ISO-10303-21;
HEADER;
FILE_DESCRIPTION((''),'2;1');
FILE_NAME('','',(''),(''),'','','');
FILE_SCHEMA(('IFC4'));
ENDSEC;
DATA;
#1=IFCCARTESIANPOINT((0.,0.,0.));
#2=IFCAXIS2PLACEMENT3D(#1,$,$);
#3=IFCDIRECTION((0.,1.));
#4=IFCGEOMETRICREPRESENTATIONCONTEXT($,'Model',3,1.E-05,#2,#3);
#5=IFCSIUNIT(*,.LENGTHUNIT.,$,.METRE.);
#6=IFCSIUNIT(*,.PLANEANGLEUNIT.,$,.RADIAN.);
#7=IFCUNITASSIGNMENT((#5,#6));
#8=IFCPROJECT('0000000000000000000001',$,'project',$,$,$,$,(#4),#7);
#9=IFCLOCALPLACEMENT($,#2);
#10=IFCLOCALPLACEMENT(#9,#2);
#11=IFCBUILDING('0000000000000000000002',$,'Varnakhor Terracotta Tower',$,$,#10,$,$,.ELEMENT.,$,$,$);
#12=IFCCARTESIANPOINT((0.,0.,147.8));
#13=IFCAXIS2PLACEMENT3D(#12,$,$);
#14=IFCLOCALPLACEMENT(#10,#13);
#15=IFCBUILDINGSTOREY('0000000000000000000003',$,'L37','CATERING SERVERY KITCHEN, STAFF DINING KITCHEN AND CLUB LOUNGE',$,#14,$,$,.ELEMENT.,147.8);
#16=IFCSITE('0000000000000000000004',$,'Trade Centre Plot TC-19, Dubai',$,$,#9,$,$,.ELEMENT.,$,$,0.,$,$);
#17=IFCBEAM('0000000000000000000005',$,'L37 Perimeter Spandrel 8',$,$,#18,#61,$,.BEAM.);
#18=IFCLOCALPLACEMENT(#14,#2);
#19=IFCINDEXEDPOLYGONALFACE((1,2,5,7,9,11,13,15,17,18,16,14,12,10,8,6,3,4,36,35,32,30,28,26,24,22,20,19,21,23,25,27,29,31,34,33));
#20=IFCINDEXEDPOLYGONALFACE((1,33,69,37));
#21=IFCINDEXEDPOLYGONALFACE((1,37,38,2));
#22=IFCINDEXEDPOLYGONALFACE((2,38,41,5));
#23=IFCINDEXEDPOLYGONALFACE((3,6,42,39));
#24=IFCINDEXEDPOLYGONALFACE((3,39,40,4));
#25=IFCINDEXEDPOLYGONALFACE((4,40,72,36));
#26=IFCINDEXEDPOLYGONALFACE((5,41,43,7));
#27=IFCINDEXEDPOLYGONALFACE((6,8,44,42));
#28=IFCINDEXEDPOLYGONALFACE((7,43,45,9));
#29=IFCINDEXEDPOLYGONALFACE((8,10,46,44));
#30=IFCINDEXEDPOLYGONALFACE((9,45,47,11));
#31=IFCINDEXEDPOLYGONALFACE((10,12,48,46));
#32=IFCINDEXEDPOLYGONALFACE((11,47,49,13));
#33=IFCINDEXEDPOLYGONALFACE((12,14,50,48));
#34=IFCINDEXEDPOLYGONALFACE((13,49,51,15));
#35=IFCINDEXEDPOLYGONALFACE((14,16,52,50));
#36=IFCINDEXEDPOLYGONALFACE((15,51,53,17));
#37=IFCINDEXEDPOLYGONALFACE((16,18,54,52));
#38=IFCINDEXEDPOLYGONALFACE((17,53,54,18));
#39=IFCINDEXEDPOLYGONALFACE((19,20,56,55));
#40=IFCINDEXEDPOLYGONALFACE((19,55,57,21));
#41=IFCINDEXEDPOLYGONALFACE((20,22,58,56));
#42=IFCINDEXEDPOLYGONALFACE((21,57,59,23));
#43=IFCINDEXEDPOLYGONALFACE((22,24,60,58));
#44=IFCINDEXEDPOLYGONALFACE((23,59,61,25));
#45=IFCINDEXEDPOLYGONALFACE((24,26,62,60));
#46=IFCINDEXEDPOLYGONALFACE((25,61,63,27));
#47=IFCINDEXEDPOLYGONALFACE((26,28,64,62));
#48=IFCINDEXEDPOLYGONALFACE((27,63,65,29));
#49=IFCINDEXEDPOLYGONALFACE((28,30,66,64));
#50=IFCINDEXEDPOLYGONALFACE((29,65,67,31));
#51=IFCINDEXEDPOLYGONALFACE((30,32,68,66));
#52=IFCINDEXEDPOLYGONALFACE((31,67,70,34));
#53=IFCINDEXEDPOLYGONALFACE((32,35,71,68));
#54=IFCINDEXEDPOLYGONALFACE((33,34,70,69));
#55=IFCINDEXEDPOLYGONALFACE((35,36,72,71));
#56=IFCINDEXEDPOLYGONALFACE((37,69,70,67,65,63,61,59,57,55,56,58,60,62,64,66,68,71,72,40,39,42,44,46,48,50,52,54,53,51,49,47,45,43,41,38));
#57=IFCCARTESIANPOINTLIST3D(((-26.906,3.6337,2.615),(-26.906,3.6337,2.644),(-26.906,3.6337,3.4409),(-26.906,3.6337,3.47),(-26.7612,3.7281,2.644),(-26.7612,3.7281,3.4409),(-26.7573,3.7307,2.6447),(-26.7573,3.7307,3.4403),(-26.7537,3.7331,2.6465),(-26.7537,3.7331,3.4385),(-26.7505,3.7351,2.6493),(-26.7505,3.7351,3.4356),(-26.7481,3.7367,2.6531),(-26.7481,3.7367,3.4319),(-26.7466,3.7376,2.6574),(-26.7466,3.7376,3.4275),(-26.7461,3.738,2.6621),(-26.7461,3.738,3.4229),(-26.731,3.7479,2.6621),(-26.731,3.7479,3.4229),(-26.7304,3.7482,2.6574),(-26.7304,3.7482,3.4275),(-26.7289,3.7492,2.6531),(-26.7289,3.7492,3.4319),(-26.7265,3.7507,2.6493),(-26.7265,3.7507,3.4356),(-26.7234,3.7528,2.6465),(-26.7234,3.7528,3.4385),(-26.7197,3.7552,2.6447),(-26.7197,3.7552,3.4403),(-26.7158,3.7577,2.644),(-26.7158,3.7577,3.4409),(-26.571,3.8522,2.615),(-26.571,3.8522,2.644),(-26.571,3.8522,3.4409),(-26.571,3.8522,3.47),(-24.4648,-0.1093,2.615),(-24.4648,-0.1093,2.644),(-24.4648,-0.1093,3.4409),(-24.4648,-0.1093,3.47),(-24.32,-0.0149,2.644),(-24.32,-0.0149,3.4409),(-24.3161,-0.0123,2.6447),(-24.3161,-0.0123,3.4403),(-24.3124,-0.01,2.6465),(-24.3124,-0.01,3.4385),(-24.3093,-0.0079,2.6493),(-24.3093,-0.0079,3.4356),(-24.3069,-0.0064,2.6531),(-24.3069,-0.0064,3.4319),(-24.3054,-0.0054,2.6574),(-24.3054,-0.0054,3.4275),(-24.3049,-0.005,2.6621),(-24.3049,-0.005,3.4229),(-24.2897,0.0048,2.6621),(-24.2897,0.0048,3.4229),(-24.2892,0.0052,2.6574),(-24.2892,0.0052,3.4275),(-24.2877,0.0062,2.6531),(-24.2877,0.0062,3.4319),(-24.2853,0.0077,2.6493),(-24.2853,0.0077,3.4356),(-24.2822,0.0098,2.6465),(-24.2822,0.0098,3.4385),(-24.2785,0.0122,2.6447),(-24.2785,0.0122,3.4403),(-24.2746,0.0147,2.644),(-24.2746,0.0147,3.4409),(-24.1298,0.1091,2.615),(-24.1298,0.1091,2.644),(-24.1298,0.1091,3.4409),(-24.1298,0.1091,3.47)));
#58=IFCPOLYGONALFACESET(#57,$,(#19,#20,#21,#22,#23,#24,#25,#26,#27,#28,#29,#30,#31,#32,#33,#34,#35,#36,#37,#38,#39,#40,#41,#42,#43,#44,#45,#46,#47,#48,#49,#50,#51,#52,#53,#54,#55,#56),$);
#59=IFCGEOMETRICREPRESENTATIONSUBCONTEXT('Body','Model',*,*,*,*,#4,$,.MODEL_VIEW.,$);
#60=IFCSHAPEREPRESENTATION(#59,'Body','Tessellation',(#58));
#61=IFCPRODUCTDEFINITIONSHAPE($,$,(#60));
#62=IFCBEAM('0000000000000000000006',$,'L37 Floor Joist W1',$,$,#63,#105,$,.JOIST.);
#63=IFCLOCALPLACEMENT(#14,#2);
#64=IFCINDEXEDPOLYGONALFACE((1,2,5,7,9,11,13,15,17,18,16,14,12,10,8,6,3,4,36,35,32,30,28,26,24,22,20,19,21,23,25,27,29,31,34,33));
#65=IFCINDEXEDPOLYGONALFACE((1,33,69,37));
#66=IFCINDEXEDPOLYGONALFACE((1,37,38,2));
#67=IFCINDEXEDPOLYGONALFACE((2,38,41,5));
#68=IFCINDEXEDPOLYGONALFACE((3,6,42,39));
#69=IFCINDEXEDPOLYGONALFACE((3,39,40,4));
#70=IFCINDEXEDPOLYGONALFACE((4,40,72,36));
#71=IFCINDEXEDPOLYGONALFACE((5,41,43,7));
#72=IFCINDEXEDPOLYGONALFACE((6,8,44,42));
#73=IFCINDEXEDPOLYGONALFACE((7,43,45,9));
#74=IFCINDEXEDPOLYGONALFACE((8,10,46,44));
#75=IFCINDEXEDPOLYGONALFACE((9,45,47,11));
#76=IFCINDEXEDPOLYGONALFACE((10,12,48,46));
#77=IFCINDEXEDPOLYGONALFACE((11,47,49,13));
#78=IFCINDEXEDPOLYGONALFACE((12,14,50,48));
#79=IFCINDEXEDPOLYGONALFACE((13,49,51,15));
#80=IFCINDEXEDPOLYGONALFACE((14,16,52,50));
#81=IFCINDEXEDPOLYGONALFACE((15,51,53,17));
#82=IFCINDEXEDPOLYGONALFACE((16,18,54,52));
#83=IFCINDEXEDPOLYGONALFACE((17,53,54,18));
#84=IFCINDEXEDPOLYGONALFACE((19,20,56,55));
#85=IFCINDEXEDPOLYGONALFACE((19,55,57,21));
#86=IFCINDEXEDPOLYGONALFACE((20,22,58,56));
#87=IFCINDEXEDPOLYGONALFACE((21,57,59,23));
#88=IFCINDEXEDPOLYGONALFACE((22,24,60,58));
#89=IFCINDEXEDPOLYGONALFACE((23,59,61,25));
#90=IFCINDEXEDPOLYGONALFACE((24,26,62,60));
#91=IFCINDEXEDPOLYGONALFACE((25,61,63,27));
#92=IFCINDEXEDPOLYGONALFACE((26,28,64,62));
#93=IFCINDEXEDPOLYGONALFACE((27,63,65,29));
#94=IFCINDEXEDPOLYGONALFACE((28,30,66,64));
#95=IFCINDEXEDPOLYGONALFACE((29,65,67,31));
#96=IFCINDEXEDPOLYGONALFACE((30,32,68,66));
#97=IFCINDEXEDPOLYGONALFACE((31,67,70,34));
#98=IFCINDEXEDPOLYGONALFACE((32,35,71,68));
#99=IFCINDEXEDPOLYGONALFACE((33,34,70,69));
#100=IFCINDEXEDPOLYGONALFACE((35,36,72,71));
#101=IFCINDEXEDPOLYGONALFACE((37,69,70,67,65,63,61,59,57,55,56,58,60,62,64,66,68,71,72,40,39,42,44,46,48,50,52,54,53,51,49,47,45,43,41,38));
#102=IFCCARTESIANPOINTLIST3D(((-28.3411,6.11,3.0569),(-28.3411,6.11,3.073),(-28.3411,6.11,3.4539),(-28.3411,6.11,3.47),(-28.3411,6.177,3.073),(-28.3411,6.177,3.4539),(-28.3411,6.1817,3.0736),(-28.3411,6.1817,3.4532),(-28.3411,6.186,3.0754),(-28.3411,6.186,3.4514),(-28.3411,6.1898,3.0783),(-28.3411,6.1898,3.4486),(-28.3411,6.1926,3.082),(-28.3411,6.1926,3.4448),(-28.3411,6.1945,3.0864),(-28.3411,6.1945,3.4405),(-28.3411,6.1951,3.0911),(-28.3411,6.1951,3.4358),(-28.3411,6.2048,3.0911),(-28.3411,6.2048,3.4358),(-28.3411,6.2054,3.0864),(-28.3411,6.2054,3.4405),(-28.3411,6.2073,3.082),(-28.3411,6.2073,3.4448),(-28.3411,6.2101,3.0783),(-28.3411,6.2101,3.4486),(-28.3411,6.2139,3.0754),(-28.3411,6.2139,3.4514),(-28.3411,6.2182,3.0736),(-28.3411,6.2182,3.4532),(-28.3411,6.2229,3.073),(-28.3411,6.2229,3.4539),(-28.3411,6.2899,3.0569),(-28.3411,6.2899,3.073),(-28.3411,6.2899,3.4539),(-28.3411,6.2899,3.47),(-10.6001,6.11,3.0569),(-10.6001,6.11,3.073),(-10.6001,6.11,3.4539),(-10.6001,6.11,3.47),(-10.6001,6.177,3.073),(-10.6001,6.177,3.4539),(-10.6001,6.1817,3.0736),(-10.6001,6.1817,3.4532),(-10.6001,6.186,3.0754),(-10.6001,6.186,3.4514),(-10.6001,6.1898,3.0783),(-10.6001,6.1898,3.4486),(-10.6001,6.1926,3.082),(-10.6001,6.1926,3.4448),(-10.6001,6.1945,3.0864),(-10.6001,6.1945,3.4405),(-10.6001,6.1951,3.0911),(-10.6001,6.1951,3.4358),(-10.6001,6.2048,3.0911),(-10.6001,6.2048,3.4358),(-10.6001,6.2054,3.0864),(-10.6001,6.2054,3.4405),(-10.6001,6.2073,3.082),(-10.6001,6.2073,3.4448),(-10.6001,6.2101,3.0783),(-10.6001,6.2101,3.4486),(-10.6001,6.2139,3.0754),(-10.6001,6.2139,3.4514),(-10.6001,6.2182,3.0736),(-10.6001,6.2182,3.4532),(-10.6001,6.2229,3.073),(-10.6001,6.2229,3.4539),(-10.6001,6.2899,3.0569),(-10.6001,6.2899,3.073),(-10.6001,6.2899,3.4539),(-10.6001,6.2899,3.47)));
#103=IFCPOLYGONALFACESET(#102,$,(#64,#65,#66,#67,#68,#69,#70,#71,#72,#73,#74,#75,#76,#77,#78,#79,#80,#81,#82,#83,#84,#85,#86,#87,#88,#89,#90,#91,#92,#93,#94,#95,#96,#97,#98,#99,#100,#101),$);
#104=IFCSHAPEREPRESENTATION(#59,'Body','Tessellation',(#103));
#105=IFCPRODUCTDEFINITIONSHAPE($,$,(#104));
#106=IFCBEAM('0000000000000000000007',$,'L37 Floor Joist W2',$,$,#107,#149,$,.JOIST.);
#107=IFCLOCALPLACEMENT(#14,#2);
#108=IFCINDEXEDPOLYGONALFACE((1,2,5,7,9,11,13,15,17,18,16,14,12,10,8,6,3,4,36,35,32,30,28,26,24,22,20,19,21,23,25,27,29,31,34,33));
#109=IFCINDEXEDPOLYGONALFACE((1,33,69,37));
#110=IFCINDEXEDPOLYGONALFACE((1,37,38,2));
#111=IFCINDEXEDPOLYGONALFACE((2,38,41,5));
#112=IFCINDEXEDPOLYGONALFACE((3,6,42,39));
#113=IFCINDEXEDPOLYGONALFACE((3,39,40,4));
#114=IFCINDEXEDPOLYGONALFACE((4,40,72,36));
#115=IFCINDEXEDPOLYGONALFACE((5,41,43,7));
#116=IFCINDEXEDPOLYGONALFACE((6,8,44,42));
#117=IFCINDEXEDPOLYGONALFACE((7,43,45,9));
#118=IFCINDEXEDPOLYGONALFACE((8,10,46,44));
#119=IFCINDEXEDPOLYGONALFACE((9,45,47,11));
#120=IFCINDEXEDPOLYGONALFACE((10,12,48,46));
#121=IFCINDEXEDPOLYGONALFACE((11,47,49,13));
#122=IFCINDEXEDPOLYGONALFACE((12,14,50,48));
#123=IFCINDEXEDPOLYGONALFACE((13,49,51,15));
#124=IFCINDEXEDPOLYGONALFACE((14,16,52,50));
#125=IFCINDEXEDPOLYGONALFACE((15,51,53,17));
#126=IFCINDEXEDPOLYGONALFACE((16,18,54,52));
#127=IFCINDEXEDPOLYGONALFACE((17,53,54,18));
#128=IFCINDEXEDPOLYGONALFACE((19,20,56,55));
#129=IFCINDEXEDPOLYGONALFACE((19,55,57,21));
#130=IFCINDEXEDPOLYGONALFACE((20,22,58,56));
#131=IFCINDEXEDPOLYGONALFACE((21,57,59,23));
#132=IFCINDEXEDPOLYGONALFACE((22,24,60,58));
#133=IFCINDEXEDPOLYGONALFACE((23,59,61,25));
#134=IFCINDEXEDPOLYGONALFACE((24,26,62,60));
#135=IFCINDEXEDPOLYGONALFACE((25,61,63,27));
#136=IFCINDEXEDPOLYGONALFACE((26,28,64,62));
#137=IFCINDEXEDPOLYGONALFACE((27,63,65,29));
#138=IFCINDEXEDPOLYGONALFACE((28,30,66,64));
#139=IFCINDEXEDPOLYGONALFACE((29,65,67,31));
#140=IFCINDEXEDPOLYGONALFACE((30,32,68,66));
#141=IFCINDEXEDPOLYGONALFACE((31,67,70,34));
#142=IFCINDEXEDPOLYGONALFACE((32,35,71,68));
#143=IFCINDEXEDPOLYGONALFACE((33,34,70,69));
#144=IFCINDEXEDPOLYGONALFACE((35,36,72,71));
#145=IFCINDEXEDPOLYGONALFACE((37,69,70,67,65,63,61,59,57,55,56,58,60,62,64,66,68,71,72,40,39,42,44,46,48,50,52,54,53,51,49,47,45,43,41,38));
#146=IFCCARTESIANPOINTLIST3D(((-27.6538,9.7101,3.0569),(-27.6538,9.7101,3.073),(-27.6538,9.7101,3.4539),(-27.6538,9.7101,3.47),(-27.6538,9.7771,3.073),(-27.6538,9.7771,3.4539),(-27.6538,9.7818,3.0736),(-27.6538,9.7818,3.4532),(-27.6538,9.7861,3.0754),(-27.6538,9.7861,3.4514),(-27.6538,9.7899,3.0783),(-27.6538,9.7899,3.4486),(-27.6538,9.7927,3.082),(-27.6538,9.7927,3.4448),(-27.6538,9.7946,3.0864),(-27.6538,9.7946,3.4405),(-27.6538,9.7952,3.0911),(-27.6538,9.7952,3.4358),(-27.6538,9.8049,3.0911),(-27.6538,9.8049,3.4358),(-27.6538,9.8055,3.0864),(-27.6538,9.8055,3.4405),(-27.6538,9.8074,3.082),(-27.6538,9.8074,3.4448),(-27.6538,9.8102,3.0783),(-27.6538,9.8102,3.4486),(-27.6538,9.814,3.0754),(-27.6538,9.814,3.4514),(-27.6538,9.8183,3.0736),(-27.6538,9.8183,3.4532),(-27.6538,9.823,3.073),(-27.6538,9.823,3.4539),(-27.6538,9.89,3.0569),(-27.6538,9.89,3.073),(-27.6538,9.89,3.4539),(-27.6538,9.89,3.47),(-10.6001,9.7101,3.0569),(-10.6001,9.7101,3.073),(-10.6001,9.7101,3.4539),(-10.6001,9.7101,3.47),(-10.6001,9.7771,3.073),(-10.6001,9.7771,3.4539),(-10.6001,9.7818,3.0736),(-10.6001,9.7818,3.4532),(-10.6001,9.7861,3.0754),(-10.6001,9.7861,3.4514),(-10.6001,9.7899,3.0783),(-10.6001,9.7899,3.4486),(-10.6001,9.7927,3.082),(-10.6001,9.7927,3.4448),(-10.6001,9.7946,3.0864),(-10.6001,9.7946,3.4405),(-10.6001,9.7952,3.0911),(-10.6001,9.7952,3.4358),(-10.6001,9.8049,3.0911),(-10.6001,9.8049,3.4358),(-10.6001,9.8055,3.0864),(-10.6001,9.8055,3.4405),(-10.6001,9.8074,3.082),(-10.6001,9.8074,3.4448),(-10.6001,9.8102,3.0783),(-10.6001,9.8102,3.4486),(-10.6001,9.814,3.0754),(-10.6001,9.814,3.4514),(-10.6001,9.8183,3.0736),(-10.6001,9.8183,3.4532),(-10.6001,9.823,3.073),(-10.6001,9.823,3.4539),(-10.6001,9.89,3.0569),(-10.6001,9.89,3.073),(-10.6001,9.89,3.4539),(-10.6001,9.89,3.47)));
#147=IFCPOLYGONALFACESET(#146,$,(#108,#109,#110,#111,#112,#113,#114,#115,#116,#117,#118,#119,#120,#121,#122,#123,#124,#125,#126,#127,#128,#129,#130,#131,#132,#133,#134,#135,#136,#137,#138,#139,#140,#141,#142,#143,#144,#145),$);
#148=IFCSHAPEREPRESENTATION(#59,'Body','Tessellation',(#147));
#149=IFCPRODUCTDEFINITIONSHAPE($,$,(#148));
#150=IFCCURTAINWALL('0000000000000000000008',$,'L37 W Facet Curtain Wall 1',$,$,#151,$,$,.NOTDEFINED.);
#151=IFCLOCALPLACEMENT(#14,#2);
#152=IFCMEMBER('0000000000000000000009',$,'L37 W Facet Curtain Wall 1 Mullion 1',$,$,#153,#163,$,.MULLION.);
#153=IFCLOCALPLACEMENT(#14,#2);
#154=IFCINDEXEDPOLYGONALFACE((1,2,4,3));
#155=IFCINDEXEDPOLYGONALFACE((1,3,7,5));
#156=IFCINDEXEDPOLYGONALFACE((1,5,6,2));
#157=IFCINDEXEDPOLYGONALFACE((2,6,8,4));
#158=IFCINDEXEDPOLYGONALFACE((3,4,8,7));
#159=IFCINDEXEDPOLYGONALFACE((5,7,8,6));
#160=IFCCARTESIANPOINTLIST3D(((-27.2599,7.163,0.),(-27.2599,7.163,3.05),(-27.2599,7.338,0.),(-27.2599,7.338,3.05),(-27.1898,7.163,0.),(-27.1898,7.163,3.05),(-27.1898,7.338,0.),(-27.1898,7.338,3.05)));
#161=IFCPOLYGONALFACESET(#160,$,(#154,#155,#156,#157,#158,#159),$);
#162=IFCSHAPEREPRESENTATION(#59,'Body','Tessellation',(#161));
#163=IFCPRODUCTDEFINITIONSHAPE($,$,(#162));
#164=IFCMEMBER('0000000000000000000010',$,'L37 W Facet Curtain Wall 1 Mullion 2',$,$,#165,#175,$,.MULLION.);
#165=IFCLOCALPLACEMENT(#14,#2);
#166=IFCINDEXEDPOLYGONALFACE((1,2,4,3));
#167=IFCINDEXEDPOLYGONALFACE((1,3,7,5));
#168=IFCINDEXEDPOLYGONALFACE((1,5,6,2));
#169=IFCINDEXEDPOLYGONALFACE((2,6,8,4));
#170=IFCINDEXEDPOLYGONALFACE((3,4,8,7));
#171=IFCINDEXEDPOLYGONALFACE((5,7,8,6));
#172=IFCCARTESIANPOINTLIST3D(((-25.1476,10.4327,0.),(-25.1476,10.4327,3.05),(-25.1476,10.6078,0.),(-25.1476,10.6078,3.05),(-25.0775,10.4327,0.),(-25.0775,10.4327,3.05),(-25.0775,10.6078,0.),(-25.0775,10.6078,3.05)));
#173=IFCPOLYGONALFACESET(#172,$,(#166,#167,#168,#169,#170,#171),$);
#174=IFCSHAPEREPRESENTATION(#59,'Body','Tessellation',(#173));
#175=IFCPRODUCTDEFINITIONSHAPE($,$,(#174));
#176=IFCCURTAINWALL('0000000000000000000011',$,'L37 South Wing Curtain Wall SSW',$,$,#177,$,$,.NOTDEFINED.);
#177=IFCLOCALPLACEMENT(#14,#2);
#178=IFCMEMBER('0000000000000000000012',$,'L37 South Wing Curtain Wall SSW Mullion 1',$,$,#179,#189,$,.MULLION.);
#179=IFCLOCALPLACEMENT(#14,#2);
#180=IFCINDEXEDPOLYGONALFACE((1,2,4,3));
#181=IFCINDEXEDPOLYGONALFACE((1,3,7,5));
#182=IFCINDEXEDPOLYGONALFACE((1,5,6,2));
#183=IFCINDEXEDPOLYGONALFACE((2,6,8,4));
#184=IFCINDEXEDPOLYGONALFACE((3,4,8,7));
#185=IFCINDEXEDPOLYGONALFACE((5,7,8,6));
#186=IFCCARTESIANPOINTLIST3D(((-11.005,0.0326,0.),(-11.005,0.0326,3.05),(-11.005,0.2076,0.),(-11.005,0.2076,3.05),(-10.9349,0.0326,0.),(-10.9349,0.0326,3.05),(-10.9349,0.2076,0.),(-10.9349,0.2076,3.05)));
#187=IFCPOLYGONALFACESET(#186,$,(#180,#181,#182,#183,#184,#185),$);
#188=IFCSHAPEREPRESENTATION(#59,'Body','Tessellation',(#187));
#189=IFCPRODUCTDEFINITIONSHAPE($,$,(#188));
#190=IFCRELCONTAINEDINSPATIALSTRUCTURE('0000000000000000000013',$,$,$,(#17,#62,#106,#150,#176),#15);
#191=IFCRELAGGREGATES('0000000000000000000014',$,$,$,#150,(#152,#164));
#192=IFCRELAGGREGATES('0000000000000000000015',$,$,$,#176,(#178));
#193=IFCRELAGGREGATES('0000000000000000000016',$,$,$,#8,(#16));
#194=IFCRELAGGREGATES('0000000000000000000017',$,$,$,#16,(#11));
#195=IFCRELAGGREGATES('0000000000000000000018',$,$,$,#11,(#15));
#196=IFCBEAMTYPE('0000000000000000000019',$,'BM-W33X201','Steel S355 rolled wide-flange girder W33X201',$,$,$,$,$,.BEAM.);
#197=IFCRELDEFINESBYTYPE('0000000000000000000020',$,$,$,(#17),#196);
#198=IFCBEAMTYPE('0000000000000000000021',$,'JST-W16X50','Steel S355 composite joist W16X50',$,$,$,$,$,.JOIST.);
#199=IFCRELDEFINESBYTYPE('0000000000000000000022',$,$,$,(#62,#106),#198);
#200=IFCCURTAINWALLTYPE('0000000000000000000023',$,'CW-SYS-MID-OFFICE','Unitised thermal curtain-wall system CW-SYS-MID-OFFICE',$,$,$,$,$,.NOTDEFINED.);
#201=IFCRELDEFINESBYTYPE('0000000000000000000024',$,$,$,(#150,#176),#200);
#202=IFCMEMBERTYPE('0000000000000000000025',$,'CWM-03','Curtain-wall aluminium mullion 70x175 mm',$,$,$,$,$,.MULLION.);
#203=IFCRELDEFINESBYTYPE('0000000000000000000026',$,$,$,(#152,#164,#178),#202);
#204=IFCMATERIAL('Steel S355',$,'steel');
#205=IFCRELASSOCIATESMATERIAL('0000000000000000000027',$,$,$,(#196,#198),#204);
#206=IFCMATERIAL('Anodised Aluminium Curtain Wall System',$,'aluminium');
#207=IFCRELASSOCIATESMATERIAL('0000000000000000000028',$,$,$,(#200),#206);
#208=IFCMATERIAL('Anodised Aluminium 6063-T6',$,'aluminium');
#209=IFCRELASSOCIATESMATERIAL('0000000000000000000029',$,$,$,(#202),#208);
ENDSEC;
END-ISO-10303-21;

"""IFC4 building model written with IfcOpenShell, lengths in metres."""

from ifc_helpers import new_model, si_unit, direction, frame, origin, origin_2d, place, context, subcontext, project, spatial, rectangle, i_section, extrude, source, transform, mapped, material, material_profile, profile_set, type_object, element, aggregate, save


model = new_model("IFC4")

# Units and contexts
model_context = context("Model", 3, precision=1e-05, world=origin(), true_north=direction((0.0, 1.0)))
body_context = subcontext(model_context, "Body", "Model", "MODEL_VIEW")
ifc_project = project(units=[si_unit("LENGTHUNIT", "METRE"), si_unit("PLANEANGLEUNIT", "RADIAN")], contexts=[model_context])

# Site, building, storey
site_placement = place(None, origin())
site = spatial("IfcSite", under=ifc_project, at=site_placement, Name="Trade Centre Plot TC-19, Dubai", CompositionType="ELEMENT", RefElevation=0.0)
building_placement = place(site_placement, origin())
building = spatial("IfcBuilding", under=site, at=building_placement, Name="Varnakhor Terracotta Tower", CompositionType="ELEMENT")
storey_placement = place(building_placement, frame((0.0, 0.0, 147.8)))
storey = spatial("IfcBuildingStorey", under=building, at=storey_placement, Name="L37", Description="CATERING SERVERY KITCHEN, STAFF DINING KITCHEN AND CLUB LOUNGE", CompositionType="ELEMENT", Elevation=147.8)

# Beams
ifc_material_1 = material(Name="Steel S355", Category="steel")
ifc_material_profile_1 = material_profile(ifc_material_1, i_section(OverallWidth=0.3999, OverallDepth=0.855, WebThickness=0.0181, FlangeThickness=0.0291, FilletRadius=0.0181, at=origin_2d()), Name="W33X201")
ifc_profile_set_1 = profile_set([ifc_material_profile_1], Name="Steel S355")
beam_type_1 = type_object("IfcBeamType", Name="BM-W33X201", Description="Steel S355 rolled wide-flange girder W33X201", PredefinedType="BEAM", material=ifc_profile_set_1)
shared_shape_1 = source(origin(), body_context, "Body", "SweptSolid", [
    extrude(i_section(OverallWidth=0.3999, OverallDepth=0.855, WebThickness=0.0181, FlangeThickness=0.0291, FilletRadius=0.0181, at=origin_2d()), origin(), (0.0, 0.0, 1.0), 4.4688),
])
beam_1_placement = place(storey_placement, frame((-26.7385, 3.7429, 3.0425), z_axis=(0.546288, -0.837598, 0.0), x_axis=(0.837598, 0.546288, 0.0)))
element("IfcBeam", 1, at=beam_1_placement, inside=storey, type_object=beam_type_1, Name="L37 Perimeter Spandrel 8", PredefinedType="BEAM", context=body_context, shape_type="MappedRepresentation", body=[
    mapped(shared_shape_1, transform((0.0, 0.0, 0.0), scale=1.0)),
])
ifc_material_profile_2 = material_profile(ifc_material_1, i_section(OverallWidth=0.1799, OverallDepth=0.4131, WebThickness=0.0098, FlangeThickness=0.0161, FilletRadius=0.0181, at=origin_2d()), Name="W16X50")
ifc_profile_set_2 = profile_set([ifc_material_profile_2], Name="Steel S355")
beam_type_2 = type_object("IfcBeamType", Name="JST-W16X50", Description="Steel S355 composite joist W16X50", PredefinedType="JOIST", material=ifc_profile_set_2)
shared_shape_2 = source(origin(), body_context, "Body", "SweptSolid", [
    extrude(i_section(OverallWidth=0.1799, OverallDepth=0.4131, WebThickness=0.0098, FlangeThickness=0.0161, FilletRadius=0.0181, at=origin_2d()), origin(), (0.0, 0.0, 1.0), 17.741),
])
beam_2_placement = place(storey_placement, frame((-28.3411, 6.2, 3.2634), z_axis=(1.0, 0.0, 0.0), x_axis=(0.0, 1.0, 0.0)))
element("IfcBeam", 2, at=beam_2_placement, inside=storey, type_object=beam_type_2, Name="L37 Floor Joist W1", PredefinedType="JOIST", context=body_context, shape_type="MappedRepresentation", body=[
    mapped(shared_shape_2, transform((0.0, 0.0, 0.0), scale=1.0)),
])
shared_shape_3 = source(origin(), body_context, "Body", "SweptSolid", [
    extrude(i_section(OverallWidth=0.1799, OverallDepth=0.4131, WebThickness=0.0098, FlangeThickness=0.0161, FilletRadius=0.0181, at=origin_2d()), origin(), (0.0, 0.0, 1.0), 17.0537),
])
beam_3_placement = place(storey_placement, frame((-27.6538, 9.8, 3.2634), z_axis=(1.0, 0.0, 0.0), x_axis=(0.0, 1.0, 0.0)))
element("IfcBeam", 3, at=beam_3_placement, inside=storey, type_object=beam_type_2, Name="L37 Floor Joist W2", PredefinedType="JOIST", context=body_context, shape_type="MappedRepresentation", body=[
    mapped(shared_shape_3, transform((0.0, 0.0, 0.0), scale=1.0)),
])

# Curtain walls, members
ifc_material_2 = material(Name="Anodised Aluminium Curtain Wall System", Category="aluminium")
curtain_wall_type = type_object("IfcCurtainWallType", Name="CW-SYS-MID-OFFICE", Description="Unitised thermal curtain-wall system CW-SYS-MID-OFFICE", PredefinedType="NOTDEFINED", material=ifc_material_2)
curtain_wall_1_placement = place(storey_placement, origin())
curtain_wall_1 = element("IfcCurtainWall", 4, at=curtain_wall_1_placement, inside=storey, type_object=curtain_wall_type, Name="L37 W Facet Curtain Wall 1", PredefinedType="NOTDEFINED")
ifc_material_3 = material(Name="Anodised Aluminium 6063-T6", Category="aluminium")
ifc_material_profile_3 = material_profile(ifc_material_3, rectangle(XDim=0.0701, YDim=0.175, at=origin_2d()), Name="ALU MULLION 70x175")
ifc_profile_set_3 = profile_set([ifc_material_profile_3], Name="Anodised Aluminium 6063-T6")
member_type_1 = type_object("IfcMemberType", Name="CWM-03", Description="Curtain-wall aluminium mullion 70x175 mm", PredefinedType="MULLION", material=ifc_profile_set_3)
shared_shape_4 = source(origin(), body_context, "Body", "SweptSolid", [
    extrude(rectangle(XDim=0.0701, YDim=0.175, at=origin_2d()), origin(), (0.0, 0.0, 1.0), 3.05),
])
member_1_placement = place(storey_placement, frame((-27.2249, 7.2505, 0.0), z_axis=(0.0, 0.0, 1.0), x_axis=(1.0, 0.0, 0.0)))
member_1 = element("IfcMember", 5, at=member_1_placement, type_object=member_type_1, Name="L37 W Facet Curtain Wall 1 Mullion 1", PredefinedType="MULLION", context=body_context, shape_type="MappedRepresentation", body=[
    mapped(shared_shape_4, transform((0.0, 0.0, 0.0), scale=1.0)),
])
member_2_placement = place(storey_placement, frame((-25.1125, 10.5203, 0.0), z_axis=(0.0, 0.0, 1.0), x_axis=(1.0, 0.0, 0.0)))
member_2 = element("IfcMember", 6, at=member_2_placement, type_object=member_type_1, Name="L37 W Facet Curtain Wall 1 Mullion 2", PredefinedType="MULLION", context=body_context, shape_type="MappedRepresentation", body=[
    mapped(shared_shape_4, transform((0.0, 0.0, 0.0), scale=1.0)),
])
curtain_wall_2_placement = place(storey_placement, origin())
curtain_wall_2 = element("IfcCurtainWall", 7, at=curtain_wall_2_placement, inside=storey, type_object=curtain_wall_type, Name="L37 South Wing Curtain Wall SSW", PredefinedType="NOTDEFINED")
member_3_placement = place(storey_placement, frame((-10.97, 0.1201, 0.0), z_axis=(0.0, 0.0, 1.0), x_axis=(1.0, 0.0, 0.0)))
member_3 = element("IfcMember", 8, at=member_3_placement, type_object=member_type_1, Name="L37 South Wing Curtain Wall SSW Mullion 1", PredefinedType="MULLION", context=body_context, shape_type="MappedRepresentation", body=[
    mapped(shared_shape_4, transform((0.0, 0.0, 0.0), scale=1.0)),
])

aggregate(curtain_wall_1, [member_1, member_2])
aggregate(curtain_wall_2, [member_3])

save(model, "model.ifc")
